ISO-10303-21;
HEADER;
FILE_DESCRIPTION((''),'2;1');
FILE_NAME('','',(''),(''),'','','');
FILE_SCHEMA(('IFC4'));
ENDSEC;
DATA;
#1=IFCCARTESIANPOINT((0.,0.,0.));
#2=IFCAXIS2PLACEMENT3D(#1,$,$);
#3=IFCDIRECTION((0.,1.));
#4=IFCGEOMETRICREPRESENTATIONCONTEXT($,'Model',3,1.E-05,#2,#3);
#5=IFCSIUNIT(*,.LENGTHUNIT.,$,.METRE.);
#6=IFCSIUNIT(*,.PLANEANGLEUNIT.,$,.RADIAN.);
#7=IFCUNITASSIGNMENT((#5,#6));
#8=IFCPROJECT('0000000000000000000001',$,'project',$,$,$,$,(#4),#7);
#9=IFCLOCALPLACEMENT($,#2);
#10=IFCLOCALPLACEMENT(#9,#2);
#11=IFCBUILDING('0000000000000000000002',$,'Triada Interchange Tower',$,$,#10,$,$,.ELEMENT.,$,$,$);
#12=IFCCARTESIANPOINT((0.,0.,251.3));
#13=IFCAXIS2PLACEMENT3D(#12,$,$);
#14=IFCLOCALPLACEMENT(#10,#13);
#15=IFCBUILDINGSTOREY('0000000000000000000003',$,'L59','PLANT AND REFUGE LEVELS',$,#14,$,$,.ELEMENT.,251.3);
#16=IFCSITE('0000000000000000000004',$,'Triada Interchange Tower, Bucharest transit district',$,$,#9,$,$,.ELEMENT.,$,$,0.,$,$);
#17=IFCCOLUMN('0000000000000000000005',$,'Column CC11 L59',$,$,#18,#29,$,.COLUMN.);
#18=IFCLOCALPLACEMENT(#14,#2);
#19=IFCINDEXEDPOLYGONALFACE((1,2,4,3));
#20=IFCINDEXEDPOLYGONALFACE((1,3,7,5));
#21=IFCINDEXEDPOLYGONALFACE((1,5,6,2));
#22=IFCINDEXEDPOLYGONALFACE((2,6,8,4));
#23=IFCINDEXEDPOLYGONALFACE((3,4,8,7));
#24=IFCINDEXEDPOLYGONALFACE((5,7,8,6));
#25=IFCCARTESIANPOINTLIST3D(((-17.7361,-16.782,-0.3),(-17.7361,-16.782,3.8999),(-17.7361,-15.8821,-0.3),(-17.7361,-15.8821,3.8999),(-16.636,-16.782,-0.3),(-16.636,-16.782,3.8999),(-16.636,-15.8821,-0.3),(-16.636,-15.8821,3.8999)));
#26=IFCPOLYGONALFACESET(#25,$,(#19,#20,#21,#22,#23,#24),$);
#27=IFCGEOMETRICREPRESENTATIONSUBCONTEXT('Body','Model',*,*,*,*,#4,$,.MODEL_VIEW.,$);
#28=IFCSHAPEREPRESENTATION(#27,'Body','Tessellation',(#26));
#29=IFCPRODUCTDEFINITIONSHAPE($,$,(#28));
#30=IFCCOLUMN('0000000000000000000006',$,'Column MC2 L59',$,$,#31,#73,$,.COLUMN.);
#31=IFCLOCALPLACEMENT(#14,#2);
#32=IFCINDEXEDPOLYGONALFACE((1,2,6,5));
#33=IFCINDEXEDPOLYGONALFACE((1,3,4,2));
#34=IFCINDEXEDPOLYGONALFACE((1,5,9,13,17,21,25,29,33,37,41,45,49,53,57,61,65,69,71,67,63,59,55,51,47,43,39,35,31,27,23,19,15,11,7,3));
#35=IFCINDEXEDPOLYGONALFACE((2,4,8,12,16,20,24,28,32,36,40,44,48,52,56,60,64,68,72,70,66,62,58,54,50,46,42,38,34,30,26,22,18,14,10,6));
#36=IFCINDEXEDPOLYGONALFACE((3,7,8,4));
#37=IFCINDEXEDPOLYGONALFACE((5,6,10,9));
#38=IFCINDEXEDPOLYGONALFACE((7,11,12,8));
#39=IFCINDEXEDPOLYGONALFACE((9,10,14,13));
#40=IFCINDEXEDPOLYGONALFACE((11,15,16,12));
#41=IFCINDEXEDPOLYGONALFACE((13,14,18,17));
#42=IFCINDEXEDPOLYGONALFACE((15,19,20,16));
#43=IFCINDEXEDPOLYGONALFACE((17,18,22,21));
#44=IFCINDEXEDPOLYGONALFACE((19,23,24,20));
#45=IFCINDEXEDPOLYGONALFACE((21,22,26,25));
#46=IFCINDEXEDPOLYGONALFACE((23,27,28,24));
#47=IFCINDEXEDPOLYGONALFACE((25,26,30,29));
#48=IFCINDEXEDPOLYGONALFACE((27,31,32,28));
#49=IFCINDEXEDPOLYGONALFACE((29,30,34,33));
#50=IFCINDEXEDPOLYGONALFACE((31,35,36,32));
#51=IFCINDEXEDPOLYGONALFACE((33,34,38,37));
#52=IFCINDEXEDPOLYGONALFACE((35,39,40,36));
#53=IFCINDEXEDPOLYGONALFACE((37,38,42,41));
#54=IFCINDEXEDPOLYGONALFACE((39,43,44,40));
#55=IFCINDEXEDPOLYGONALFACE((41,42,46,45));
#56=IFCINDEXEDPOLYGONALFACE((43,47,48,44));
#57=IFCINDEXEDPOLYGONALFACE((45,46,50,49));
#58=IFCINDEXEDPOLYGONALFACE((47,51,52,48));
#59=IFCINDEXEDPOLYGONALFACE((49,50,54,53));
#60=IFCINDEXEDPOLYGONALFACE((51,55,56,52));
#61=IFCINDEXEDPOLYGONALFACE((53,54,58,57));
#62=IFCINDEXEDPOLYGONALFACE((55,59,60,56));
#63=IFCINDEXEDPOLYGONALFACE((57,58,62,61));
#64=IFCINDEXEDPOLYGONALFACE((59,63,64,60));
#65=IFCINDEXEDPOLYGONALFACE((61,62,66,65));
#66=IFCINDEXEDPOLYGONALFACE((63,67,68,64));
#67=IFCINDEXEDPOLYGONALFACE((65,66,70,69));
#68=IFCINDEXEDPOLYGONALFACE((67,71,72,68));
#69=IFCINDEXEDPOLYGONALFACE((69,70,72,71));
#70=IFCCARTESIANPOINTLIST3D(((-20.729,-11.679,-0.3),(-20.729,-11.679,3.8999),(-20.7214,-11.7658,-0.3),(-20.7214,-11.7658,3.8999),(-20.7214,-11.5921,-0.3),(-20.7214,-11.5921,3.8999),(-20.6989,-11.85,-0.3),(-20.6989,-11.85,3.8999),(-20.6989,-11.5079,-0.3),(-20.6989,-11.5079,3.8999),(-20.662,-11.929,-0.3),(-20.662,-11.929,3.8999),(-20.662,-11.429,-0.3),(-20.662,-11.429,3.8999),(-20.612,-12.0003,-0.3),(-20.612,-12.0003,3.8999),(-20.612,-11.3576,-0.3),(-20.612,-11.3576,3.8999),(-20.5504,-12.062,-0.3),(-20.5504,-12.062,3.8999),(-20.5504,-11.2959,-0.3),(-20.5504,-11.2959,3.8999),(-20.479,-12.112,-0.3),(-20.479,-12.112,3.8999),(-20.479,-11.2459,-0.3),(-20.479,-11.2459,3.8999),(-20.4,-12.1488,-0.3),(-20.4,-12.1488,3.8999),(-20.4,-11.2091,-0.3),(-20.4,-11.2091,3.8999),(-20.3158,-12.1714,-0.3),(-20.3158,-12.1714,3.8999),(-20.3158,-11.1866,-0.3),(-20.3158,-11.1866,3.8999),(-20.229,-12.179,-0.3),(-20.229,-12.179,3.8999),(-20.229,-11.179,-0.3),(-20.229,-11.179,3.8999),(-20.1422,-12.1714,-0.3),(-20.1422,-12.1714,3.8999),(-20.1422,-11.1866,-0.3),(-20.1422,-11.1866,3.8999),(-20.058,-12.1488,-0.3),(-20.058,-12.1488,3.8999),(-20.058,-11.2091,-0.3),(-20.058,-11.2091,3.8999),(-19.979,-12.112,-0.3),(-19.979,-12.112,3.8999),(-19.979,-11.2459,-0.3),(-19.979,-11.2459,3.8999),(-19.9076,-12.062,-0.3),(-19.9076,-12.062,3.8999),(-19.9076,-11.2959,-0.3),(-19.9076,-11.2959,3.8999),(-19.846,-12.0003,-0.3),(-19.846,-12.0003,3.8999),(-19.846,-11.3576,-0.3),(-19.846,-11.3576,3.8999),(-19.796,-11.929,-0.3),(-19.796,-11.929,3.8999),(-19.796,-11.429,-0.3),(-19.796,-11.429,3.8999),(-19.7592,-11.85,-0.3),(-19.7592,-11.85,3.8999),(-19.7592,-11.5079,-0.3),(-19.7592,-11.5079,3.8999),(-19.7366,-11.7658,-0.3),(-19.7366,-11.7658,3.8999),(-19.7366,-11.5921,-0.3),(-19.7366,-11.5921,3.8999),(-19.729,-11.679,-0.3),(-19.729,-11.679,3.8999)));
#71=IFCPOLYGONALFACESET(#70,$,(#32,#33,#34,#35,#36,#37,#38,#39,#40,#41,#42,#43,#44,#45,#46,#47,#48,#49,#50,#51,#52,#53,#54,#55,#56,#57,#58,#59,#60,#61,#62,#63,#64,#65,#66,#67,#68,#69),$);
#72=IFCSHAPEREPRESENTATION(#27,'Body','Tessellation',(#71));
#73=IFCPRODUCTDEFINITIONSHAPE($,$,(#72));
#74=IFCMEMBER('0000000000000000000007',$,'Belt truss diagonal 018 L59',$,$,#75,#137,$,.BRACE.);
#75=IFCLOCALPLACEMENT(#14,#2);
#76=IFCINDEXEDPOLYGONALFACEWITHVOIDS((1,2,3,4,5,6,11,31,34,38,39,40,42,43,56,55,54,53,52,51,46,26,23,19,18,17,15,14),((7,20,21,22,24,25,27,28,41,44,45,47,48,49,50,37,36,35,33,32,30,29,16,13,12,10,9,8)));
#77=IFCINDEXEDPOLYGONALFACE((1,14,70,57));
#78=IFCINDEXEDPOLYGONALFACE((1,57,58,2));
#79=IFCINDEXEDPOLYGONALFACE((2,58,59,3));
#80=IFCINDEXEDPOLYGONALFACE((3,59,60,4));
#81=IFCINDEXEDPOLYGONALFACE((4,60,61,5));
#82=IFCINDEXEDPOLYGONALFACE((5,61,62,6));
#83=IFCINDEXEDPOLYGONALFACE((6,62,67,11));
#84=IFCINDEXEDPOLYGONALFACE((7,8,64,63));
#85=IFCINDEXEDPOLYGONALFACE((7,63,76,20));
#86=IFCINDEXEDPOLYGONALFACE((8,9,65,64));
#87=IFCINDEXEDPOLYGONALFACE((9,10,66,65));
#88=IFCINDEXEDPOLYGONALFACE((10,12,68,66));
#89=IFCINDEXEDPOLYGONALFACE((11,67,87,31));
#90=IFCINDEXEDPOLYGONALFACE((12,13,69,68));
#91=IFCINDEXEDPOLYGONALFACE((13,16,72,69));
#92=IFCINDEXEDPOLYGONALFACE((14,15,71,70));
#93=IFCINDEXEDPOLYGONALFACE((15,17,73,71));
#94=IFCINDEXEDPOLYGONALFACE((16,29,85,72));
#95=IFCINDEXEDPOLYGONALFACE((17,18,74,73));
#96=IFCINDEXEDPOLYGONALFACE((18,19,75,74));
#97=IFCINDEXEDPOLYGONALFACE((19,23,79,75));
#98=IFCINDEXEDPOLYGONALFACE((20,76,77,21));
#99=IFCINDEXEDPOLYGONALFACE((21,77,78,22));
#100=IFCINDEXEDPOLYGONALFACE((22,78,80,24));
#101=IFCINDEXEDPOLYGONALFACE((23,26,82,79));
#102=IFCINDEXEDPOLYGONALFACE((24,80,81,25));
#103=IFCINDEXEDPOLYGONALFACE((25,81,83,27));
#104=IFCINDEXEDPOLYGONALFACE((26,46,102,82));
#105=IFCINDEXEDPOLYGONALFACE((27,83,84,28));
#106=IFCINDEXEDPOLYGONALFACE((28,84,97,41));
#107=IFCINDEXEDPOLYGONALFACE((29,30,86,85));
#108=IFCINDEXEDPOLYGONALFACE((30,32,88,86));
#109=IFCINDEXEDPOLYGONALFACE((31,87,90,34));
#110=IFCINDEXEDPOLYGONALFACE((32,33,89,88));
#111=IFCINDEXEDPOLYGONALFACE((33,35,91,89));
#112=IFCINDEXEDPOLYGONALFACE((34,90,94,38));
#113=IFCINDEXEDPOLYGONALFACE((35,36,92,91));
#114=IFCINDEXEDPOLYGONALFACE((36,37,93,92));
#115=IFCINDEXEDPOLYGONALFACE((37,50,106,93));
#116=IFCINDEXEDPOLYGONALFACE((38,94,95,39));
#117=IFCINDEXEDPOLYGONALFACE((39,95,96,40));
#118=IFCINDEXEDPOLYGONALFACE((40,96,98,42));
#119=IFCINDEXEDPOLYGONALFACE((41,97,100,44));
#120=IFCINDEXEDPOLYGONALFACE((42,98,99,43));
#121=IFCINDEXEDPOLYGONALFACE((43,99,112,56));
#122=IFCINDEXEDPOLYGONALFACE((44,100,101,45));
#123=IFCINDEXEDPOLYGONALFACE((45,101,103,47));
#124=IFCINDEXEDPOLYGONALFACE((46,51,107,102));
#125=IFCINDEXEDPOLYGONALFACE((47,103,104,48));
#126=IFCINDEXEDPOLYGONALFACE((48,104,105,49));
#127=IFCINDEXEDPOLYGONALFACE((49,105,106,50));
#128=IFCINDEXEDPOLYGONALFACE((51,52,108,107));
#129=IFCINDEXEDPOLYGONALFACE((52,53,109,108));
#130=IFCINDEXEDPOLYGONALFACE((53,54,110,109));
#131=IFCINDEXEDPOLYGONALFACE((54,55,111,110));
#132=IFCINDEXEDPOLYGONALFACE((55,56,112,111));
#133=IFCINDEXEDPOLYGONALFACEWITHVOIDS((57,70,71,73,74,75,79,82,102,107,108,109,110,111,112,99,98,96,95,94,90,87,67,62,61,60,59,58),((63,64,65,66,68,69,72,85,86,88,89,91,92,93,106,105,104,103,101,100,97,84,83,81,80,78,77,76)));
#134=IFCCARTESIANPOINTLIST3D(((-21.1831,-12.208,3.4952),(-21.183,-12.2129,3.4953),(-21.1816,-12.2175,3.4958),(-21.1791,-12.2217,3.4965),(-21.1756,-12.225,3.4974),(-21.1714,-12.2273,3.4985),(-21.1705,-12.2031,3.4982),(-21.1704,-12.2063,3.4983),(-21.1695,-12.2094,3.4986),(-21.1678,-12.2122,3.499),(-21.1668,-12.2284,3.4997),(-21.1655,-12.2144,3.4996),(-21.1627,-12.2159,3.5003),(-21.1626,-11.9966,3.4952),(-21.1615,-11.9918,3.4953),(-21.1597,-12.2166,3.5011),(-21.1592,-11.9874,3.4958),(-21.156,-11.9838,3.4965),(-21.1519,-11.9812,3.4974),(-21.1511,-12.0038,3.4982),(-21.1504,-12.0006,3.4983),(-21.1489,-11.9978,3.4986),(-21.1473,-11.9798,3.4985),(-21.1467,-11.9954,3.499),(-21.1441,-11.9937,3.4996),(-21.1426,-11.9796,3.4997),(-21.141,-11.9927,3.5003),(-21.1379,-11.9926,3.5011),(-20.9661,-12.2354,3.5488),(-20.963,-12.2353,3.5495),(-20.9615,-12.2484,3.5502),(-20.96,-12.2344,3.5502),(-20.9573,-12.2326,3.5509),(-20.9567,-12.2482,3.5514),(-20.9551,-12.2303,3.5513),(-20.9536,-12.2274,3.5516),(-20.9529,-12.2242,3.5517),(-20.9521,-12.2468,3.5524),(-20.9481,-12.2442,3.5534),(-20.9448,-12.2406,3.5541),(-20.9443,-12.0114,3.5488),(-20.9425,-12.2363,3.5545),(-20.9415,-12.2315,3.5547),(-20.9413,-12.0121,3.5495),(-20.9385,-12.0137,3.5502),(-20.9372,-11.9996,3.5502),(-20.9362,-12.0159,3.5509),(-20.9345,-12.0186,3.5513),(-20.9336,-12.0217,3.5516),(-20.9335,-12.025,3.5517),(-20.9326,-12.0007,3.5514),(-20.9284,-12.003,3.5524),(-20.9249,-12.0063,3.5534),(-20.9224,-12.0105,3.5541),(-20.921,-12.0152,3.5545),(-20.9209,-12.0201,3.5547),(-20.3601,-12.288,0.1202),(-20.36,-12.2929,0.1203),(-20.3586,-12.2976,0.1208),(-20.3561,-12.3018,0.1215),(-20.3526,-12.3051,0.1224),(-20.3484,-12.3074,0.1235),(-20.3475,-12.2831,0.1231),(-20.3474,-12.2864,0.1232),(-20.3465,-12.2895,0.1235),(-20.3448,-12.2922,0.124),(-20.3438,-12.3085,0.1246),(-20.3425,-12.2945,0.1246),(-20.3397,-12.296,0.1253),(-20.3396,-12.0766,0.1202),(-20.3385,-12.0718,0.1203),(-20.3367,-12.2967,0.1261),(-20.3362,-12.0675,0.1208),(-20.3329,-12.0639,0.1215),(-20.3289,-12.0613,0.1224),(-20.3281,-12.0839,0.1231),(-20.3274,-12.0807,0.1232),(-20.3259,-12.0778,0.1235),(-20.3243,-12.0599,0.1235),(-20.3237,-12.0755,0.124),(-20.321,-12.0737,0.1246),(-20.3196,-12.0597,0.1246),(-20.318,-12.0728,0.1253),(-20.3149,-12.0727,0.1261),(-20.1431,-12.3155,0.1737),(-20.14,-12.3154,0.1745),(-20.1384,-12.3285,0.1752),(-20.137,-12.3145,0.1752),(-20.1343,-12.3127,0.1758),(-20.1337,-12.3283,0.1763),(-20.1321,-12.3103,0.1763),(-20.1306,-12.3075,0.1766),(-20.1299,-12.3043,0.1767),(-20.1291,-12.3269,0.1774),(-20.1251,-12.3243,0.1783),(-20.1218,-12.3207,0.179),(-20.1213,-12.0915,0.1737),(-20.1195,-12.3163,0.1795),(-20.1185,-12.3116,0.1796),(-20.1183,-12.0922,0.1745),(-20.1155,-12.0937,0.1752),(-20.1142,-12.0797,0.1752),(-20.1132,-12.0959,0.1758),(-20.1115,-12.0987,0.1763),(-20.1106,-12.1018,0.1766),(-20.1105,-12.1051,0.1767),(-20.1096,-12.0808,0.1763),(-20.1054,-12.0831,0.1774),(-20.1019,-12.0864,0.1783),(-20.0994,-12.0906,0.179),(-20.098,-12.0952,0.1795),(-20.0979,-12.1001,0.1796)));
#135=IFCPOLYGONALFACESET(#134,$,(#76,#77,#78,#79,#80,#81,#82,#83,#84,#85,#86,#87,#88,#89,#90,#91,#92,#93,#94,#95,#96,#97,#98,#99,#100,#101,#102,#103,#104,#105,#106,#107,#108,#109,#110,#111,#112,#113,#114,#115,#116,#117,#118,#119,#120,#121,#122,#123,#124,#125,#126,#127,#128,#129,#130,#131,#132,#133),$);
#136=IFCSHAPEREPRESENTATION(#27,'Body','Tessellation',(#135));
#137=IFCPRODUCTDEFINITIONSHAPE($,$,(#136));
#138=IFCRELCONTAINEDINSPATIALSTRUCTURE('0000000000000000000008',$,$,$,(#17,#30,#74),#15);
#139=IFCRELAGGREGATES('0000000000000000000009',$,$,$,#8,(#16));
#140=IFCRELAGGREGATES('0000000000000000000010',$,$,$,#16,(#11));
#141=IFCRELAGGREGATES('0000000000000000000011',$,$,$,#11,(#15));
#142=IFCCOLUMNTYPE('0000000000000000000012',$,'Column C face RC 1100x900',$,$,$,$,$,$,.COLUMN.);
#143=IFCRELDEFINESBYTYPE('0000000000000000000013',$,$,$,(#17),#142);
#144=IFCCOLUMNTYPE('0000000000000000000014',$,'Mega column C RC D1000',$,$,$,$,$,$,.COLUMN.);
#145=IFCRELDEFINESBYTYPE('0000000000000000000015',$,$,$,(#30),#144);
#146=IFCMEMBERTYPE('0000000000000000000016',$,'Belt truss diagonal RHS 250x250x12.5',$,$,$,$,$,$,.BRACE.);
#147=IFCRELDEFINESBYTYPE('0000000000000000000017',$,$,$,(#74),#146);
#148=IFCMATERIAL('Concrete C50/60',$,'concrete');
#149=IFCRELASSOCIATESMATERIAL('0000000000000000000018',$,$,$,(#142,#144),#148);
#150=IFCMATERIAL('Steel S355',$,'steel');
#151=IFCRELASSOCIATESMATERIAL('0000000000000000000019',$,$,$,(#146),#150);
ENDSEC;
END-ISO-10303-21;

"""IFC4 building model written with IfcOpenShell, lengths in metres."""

from ifc_helpers import new_model, si_unit, direction, frame, origin, origin_2d, place, context, subcontext, project, spatial, rectangle, hollow_rectangle, circle, extrude, material, material_profile, profile_set, type_object, element, save


model = new_model("IFC4")

# Units and contexts
model_context = context("Model", 3, precision=1e-05, world=origin(), true_north=direction((0.0, 1.0)))
body_context = subcontext(model_context, "Body", "Model", "MODEL_VIEW")
ifc_project = project(units=[si_unit("LENGTHUNIT", "METRE"), si_unit("PLANEANGLEUNIT", "RADIAN")], contexts=[model_context])

# Site, building, storey
site_placement = place(None, origin())
site = spatial("IfcSite", under=ifc_project, at=site_placement, Name="Triada Interchange Tower, Bucharest transit district", CompositionType="ELEMENT", RefElevation=0.0)
building_placement = place(site_placement, origin())
building = spatial("IfcBuilding", under=site, at=building_placement, Name="Triada Interchange Tower", CompositionType="ELEMENT")
storey_placement = place(building_placement, frame((0.0, 0.0, 251.3)))
storey = spatial("IfcBuildingStorey", under=building, at=storey_placement, Name="L59", Description="PLANT AND REFUGE LEVELS", CompositionType="ELEMENT", Elevation=251.3)

# Columns
ifc_material_1 = material(Name="Concrete C50/60", Category="concrete")
ifc_material_profile_1 = material_profile(ifc_material_1, rectangle(XDim=1.1001, YDim=0.8999, at=origin_2d()), Name="RC 1100x900")
ifc_profile_set_1 = profile_set([ifc_material_profile_1], Name="Concrete C50/60")
column_type_1 = type_object("IfcColumnType", Name="Column C face RC 1100x900", PredefinedType="COLUMN", material=ifc_profile_set_1)
column_1_placement = place(storey_placement, frame((-17.186, -16.332, -0.3), z_axis=(0.0, 0.0, 1.0), x_axis=(1.0, 0.0, 0.0)))
element("IfcColumn", 1, at=column_1_placement, inside=storey, type_object=column_type_1, Name="Column CC11 L59", PredefinedType="COLUMN", context=body_context, shape_type="SweptSolid", body=[
    extrude(rectangle(XDim=1.1001, YDim=0.8999, at=origin_2d()), origin(), (0.0, 0.0, 1.0), 4.2),
])
ifc_material_profile_2 = material_profile(ifc_material_1, circle(Radius=0.5, at=origin_2d()), Name="RC D1000")
ifc_profile_set_2 = profile_set([ifc_material_profile_2], Name="Concrete C50/60")
column_type_2 = type_object("IfcColumnType", Name="Mega column C RC D1000", PredefinedType="COLUMN", material=ifc_profile_set_2)
column_2_placement = place(storey_placement, frame((-20.229, -11.679, -0.3), z_axis=(0.0, 0.0, 1.0), x_axis=(1.0, 0.0, 0.0)))
element("IfcColumn", 2, at=column_2_placement, inside=storey, type_object=column_type_2, Name="Column MC2 L59", PredefinedType="COLUMN", context=body_context, shape_type="SweptSolid", body=[
    extrude(circle(Radius=0.5, at=origin_2d()), origin(), (0.0, 0.0, 1.0), 4.2),
])

# Member
ifc_material_2 = material(Name="Steel S355", Category="steel")
ifc_material_profile_3 = material_profile(ifc_material_2, hollow_rectangle(XDim=0.25, YDim=0.25, WallThickness=0.0125, InnerFilletRadius=0.0125, OuterFilletRadius=0.0188, at=origin_2d()), Name="RHS 250x250x12.5")
ifc_profile_set_3 = profile_set([ifc_material_profile_3], Name="Steel S355")
member_type_1 = type_object("IfcMemberType", Name="Belt truss diagonal RHS 250x250x12.5", PredefinedType="BRACE", material=ifc_profile_set_3)
member_1_placement = place(storey_placement, frame((-20.229, -12.1941, 0.1499), z_axis=(-0.236846, 0.023045, 0.971274), x_axis=(-0.096843, -0.9953, 0.0)))
element("IfcMember", 3, at=member_1_placement, inside=storey, type_object=member_type_1, Name="Belt truss diagonal 018 L59", PredefinedType="BRACE", context=body_context, shape_type="SweptSolid", body=[
    extrude(hollow_rectangle(XDim=0.25, YDim=0.25, WallThickness=0.0125, InnerFilletRadius=0.0125, OuterFilletRadius=0.0188, at=origin_2d()), origin(), (0.0, 0.0, 1.0), 3.4749),
])

save(model, "model.ifc")
